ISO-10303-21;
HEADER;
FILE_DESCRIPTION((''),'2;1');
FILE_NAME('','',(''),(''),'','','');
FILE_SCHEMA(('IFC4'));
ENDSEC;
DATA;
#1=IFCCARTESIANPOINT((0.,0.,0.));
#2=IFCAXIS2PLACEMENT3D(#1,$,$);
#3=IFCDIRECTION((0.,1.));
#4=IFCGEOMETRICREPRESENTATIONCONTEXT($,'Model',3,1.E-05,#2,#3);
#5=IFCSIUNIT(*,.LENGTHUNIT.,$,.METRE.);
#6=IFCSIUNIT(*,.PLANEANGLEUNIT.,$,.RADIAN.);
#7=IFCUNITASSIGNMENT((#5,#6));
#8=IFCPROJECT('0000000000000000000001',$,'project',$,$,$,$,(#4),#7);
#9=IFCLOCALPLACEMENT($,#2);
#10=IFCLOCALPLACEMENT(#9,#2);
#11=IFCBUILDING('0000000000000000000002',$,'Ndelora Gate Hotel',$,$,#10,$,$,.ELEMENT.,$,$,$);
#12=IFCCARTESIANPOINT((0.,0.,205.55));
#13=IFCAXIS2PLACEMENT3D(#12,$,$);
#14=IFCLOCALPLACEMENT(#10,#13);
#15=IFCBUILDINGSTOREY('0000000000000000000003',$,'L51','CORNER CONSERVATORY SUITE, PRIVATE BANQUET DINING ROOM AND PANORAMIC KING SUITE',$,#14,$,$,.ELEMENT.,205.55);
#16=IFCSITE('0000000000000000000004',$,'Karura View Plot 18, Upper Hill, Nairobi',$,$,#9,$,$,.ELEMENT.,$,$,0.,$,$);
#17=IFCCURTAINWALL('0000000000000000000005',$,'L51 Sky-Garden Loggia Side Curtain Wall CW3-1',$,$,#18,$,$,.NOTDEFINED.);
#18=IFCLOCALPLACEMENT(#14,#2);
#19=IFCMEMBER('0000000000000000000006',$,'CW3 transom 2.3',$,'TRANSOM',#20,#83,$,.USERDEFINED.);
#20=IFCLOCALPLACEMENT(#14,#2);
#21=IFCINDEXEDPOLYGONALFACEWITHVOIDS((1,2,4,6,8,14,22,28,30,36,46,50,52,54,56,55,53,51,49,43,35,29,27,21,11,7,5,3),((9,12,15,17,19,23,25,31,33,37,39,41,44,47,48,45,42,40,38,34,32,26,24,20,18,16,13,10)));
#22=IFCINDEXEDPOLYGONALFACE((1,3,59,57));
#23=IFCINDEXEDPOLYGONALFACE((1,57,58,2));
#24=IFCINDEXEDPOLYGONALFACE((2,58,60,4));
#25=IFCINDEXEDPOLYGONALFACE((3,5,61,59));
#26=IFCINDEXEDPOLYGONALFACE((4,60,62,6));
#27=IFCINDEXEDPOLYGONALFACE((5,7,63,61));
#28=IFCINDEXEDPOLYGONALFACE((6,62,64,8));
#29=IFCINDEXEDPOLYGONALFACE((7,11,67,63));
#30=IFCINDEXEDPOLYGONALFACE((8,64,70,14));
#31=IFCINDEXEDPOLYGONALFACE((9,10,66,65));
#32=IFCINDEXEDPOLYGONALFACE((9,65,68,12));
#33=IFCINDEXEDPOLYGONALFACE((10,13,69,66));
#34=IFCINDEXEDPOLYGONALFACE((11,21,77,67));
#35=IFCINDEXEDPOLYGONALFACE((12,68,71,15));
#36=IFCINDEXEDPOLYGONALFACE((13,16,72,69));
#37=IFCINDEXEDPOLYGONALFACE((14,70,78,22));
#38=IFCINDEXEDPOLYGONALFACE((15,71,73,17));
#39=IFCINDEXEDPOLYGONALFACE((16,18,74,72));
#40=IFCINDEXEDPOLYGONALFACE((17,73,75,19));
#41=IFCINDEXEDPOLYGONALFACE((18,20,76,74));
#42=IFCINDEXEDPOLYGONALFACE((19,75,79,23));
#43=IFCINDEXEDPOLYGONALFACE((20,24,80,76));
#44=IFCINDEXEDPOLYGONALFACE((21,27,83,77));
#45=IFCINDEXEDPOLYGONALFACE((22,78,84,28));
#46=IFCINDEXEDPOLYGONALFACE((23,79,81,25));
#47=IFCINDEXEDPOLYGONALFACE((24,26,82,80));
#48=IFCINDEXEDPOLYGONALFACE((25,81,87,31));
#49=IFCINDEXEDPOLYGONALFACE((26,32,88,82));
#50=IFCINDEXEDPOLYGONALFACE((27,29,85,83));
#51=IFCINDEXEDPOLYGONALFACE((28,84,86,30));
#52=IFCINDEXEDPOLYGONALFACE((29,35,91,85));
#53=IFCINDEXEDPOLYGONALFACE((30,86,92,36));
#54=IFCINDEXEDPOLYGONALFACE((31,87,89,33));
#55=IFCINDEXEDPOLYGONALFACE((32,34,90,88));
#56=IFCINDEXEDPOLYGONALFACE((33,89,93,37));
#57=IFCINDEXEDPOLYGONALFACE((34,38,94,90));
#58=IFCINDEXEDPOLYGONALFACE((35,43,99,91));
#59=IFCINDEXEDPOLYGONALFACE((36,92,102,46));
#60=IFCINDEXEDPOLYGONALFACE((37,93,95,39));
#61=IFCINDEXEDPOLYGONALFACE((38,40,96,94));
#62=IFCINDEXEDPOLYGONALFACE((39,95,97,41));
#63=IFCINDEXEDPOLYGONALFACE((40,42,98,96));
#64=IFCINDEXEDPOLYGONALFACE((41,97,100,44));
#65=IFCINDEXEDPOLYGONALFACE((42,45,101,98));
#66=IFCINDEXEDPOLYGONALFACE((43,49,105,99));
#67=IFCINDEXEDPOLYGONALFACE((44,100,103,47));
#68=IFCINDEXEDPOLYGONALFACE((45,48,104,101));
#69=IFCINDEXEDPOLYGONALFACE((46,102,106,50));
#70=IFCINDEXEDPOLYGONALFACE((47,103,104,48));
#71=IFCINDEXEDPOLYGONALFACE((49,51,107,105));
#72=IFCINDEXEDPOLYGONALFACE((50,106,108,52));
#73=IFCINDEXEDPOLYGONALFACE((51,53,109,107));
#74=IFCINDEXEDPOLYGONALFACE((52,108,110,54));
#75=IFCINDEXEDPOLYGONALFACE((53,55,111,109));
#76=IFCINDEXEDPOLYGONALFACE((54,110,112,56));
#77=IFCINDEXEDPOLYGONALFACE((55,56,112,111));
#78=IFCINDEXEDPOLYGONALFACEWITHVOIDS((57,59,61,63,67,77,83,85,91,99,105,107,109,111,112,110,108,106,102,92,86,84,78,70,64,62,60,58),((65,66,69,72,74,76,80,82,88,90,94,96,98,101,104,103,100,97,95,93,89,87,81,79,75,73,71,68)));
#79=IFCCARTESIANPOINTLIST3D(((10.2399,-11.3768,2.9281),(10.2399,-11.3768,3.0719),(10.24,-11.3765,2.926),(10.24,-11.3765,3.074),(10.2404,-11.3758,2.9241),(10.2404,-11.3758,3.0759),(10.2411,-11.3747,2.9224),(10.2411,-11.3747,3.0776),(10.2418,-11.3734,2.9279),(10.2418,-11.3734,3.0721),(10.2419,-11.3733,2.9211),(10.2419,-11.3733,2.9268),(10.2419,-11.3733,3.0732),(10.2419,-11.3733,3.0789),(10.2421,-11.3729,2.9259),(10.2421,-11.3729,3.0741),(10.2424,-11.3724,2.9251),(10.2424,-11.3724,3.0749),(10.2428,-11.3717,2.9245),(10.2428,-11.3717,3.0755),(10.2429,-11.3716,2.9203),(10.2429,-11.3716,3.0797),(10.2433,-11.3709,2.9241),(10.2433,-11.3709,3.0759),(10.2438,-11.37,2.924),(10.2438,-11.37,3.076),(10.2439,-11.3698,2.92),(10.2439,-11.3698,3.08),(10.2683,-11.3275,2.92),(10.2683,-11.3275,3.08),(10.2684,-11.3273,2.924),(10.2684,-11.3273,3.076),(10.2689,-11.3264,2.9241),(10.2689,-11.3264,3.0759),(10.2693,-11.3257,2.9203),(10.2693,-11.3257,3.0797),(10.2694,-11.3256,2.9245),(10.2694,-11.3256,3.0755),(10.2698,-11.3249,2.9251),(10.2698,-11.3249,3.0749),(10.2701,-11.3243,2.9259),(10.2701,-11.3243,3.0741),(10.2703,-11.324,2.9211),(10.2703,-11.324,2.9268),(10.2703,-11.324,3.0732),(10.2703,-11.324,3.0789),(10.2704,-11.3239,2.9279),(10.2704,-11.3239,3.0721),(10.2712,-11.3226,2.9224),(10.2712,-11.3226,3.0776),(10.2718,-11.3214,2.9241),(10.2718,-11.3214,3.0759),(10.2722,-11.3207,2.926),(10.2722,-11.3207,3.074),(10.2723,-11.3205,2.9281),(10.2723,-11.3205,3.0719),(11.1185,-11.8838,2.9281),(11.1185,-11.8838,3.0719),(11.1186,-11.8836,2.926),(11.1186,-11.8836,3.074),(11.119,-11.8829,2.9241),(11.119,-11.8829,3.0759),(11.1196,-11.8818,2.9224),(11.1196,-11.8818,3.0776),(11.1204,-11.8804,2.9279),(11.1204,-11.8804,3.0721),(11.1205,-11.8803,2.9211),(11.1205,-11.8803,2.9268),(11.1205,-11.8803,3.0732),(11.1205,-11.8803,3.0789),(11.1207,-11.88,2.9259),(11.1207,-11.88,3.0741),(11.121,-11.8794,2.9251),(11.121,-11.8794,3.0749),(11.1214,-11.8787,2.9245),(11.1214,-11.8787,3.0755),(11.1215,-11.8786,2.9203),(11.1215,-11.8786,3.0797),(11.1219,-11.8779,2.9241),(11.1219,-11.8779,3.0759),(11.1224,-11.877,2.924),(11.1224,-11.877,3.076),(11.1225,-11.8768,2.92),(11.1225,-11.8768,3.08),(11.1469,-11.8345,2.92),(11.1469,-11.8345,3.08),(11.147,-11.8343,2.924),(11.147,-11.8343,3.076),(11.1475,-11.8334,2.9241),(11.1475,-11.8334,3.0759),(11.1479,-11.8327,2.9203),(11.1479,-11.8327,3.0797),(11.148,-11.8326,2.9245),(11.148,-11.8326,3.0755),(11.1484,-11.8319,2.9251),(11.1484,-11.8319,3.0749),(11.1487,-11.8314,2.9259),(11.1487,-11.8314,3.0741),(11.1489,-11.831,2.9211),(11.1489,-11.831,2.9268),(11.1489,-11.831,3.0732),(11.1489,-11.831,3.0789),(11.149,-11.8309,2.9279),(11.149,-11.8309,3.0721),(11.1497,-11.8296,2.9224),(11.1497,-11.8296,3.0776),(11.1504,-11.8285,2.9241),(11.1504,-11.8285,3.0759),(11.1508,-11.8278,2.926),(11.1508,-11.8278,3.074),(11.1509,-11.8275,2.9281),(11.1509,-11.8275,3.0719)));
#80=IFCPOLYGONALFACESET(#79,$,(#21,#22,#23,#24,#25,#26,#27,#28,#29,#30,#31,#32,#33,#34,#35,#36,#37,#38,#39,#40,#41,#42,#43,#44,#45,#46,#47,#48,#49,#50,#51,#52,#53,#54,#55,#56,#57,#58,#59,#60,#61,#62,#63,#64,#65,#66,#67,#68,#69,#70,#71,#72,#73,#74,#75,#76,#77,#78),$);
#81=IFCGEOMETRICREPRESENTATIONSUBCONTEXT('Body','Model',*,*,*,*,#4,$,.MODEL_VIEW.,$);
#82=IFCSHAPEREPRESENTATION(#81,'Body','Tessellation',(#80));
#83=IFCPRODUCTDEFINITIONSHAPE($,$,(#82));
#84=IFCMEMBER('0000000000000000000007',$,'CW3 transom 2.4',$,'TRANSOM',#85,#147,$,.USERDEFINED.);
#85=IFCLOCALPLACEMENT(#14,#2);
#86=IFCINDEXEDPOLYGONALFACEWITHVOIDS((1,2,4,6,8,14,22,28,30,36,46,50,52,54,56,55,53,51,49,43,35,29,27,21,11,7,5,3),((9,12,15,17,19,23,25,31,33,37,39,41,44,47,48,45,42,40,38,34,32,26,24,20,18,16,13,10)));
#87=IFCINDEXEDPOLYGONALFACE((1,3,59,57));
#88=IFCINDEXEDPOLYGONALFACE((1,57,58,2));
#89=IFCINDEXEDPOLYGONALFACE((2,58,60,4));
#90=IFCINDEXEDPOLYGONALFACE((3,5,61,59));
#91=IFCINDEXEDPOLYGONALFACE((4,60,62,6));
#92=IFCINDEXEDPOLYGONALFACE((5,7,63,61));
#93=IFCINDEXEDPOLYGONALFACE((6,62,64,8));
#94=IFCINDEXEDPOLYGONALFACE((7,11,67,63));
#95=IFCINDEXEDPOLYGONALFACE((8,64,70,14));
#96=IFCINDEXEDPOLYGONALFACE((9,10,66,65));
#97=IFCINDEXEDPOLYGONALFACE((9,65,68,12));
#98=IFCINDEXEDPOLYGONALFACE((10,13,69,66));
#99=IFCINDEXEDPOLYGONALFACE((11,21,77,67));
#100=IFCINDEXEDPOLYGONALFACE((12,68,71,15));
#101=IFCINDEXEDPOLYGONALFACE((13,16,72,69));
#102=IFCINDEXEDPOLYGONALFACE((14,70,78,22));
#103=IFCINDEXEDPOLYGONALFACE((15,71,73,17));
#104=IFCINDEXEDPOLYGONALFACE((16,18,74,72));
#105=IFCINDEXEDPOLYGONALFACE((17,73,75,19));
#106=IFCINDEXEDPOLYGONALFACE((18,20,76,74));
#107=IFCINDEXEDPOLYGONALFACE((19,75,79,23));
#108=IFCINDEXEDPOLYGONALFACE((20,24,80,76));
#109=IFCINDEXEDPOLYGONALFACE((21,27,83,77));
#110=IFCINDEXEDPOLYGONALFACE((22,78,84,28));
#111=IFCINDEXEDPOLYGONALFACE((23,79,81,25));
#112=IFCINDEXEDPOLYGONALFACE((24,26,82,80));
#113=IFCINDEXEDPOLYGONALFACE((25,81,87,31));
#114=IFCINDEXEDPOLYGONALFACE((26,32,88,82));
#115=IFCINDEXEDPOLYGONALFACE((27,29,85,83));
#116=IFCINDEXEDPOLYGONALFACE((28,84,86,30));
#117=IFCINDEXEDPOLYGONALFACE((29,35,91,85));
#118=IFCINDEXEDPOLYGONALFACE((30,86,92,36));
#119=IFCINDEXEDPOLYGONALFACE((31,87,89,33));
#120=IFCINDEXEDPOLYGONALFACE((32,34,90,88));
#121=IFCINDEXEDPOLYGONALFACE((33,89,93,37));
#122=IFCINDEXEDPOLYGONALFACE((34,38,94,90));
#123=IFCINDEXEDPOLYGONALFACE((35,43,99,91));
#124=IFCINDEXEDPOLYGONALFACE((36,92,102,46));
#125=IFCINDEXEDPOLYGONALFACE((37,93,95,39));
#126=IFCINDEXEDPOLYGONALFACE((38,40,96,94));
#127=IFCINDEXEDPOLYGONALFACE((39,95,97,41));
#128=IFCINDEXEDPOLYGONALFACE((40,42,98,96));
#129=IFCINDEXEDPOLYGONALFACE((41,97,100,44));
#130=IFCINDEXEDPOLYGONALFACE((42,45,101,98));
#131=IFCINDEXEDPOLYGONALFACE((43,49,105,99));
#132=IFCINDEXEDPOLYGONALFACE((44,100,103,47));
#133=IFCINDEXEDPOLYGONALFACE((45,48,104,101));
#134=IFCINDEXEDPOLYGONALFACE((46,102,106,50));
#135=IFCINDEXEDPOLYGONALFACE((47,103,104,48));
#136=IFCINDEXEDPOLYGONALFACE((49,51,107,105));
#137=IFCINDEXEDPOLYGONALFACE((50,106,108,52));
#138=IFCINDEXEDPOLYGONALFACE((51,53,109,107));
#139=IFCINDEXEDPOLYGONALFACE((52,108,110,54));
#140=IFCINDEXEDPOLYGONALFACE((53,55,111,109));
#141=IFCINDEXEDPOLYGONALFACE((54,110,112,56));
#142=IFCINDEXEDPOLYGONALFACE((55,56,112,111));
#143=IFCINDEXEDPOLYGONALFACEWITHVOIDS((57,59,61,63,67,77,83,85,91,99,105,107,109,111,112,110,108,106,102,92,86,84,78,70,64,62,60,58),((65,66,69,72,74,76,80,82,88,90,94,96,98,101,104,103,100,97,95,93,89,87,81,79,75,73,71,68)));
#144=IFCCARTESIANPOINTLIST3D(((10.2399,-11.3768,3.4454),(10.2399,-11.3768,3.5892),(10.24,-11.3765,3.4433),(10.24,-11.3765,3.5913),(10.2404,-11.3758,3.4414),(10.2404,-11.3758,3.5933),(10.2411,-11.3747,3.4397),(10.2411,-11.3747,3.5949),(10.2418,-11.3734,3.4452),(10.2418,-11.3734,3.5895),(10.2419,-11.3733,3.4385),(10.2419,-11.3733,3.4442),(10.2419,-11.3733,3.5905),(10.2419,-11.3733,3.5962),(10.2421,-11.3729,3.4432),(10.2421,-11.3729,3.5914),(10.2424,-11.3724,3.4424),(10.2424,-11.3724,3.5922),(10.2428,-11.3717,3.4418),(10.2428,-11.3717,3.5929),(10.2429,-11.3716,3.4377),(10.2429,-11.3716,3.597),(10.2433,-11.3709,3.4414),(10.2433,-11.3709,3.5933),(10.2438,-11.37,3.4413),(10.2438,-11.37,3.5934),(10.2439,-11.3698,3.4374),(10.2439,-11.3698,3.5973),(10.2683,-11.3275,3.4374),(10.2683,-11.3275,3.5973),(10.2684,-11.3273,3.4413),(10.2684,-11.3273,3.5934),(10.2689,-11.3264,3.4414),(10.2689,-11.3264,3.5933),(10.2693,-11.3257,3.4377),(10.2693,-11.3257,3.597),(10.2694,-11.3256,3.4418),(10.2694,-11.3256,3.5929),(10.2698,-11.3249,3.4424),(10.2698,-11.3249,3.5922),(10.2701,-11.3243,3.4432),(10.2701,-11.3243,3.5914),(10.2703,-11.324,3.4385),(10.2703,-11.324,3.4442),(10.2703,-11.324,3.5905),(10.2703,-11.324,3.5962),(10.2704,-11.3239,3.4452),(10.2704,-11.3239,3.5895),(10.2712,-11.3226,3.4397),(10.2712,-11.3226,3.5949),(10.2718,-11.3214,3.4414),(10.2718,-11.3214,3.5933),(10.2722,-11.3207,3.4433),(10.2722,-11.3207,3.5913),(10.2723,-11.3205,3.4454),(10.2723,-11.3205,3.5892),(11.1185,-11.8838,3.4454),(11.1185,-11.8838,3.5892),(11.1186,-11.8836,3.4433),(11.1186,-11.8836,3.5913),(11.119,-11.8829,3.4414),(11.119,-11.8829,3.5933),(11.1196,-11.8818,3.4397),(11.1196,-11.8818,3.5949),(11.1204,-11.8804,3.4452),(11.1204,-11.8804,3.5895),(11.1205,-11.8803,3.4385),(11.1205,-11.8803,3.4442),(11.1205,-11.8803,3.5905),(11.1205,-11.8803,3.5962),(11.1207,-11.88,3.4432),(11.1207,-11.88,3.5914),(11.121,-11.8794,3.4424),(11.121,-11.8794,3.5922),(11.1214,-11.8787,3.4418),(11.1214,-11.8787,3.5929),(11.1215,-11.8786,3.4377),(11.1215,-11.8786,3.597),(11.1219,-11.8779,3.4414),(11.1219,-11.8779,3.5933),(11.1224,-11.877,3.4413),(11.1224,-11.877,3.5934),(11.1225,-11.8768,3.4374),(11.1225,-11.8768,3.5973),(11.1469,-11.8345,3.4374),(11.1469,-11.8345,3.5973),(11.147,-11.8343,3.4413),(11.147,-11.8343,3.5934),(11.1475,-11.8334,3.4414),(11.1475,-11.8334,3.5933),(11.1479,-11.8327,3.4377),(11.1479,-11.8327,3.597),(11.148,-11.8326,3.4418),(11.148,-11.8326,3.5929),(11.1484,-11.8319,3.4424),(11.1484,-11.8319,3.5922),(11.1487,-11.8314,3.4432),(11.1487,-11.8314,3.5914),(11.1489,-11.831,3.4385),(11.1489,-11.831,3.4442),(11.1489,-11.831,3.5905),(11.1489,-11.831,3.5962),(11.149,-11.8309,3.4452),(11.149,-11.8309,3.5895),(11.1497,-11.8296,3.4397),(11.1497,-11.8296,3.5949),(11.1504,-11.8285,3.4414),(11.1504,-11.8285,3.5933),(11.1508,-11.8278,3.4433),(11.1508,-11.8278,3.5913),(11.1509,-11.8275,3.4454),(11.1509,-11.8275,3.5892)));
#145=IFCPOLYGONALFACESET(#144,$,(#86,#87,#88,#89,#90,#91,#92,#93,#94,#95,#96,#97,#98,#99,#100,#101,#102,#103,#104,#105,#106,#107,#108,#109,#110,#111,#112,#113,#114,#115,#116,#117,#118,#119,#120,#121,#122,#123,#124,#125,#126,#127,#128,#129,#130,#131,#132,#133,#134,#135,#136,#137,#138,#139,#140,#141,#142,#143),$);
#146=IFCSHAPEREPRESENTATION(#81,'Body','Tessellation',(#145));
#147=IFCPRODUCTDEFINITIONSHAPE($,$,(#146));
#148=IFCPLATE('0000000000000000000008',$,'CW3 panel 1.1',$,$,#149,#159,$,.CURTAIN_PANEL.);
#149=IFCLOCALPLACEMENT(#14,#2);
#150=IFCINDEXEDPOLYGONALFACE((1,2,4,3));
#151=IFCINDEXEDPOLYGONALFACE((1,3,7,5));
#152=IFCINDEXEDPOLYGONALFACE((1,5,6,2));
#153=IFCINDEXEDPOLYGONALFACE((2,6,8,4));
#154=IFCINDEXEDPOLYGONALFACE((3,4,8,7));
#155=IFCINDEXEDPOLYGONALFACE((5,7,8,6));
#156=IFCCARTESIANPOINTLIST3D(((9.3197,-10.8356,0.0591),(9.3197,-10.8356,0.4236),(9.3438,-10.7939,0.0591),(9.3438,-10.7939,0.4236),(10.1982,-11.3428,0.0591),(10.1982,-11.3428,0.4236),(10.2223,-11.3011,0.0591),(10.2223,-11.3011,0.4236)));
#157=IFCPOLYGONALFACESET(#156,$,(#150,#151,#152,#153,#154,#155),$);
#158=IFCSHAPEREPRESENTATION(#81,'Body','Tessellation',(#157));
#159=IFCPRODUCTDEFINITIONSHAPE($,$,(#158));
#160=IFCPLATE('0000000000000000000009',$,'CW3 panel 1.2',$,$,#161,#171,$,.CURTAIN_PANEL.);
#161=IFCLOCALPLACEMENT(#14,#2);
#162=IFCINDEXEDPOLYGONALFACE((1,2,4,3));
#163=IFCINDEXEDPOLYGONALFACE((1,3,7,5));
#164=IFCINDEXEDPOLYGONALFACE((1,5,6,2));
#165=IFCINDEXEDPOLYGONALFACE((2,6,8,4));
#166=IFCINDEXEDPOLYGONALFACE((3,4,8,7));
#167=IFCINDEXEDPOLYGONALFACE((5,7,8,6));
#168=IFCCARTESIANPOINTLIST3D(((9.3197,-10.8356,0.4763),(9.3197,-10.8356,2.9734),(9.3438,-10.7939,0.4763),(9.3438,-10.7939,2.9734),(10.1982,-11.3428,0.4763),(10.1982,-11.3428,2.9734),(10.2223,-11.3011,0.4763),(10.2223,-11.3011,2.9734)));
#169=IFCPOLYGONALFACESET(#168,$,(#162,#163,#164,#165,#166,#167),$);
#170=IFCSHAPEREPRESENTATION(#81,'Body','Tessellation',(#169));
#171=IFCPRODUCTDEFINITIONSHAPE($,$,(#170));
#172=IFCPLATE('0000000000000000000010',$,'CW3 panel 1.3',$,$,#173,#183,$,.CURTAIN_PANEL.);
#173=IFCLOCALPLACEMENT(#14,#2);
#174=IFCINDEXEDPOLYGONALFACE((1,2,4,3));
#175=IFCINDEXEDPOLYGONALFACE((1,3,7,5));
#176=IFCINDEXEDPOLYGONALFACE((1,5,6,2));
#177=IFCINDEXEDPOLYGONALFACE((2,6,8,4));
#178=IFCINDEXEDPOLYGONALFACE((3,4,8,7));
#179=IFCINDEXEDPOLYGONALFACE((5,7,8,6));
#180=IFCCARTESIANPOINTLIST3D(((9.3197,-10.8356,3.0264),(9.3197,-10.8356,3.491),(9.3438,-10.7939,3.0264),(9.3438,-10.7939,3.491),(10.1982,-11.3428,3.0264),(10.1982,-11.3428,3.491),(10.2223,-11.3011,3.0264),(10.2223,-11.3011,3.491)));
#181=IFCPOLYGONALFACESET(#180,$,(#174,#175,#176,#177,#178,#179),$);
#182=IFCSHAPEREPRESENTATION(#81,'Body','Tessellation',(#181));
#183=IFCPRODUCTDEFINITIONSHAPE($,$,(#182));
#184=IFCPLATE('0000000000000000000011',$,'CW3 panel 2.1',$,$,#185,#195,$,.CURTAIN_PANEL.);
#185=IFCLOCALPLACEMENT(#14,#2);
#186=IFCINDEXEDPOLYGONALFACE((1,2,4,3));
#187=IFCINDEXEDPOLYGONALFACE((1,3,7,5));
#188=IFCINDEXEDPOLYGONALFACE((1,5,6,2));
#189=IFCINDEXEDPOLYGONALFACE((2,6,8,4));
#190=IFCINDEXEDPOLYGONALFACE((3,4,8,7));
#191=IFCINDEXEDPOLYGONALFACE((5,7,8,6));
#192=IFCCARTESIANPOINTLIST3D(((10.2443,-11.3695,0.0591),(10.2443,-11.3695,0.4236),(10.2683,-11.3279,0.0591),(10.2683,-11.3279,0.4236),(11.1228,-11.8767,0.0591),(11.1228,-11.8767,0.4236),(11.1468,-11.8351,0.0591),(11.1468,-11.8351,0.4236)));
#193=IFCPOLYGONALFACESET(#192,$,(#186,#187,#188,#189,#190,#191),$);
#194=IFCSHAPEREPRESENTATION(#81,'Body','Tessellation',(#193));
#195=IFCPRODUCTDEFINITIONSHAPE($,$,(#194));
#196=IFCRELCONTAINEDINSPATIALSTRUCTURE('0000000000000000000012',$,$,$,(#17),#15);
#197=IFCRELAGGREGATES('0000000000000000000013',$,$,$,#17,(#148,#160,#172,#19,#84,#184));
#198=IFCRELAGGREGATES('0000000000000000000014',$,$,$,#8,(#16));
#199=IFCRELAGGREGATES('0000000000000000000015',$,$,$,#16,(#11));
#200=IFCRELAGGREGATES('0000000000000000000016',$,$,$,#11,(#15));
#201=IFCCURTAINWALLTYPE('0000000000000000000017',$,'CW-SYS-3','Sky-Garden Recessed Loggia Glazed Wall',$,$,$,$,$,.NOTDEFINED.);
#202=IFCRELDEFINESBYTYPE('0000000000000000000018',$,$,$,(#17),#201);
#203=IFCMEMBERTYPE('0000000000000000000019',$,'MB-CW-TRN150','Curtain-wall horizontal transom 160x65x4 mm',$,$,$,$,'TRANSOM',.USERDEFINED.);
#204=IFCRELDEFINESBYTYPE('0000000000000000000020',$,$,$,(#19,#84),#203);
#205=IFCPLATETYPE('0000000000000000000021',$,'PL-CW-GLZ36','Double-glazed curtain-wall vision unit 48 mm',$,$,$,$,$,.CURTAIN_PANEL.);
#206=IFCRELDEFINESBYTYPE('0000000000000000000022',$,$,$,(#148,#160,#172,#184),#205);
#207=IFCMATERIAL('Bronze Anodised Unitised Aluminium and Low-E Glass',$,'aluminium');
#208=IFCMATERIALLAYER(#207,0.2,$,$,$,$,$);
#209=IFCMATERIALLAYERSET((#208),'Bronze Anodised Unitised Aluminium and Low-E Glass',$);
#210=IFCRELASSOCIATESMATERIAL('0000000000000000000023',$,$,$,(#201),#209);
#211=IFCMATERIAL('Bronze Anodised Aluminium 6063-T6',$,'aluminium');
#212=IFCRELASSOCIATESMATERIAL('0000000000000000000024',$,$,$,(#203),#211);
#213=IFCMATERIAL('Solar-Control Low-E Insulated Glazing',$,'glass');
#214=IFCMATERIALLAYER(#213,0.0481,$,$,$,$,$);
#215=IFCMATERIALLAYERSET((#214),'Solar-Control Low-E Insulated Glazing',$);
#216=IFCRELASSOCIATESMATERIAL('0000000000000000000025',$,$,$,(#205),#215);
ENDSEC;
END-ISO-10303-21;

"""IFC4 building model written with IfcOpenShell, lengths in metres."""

from ifc_helpers import new_model, si_unit, direction, frame, origin, origin_2d, place, context, subcontext, project, spatial, rectangle, hollow_rectangle, extrude, material, layer, layer_set, material_profile, profile_set, type_object, element, aggregate, save


model = new_model("IFC4")

# Units and contexts
model_context = context("Model", 3, precision=1e-05, world=origin(), true_north=direction((0.0, 1.0)))
body_context = subcontext(model_context, "Body", "Model", "MODEL_VIEW")
ifc_project = project(units=[si_unit("LENGTHUNIT", "METRE"), si_unit("PLANEANGLEUNIT", "RADIAN")], contexts=[model_context])

# Site, building, storey
site_placement = place(None, origin())
site = spatial("IfcSite", under=ifc_project, at=site_placement, Name="Karura View Plot 18, Upper Hill, Nairobi", CompositionType="ELEMENT", RefElevation=0.0)
building_placement = place(site_placement, origin())
building = spatial("IfcBuilding", under=site, at=building_placement, Name="Ndelora Gate Hotel", CompositionType="ELEMENT")
storey_placement = place(building_placement, frame((0.0, 0.0, 205.55)))
storey = spatial("IfcBuildingStorey", under=building, at=storey_placement, Name="L51", Description="CORNER CONSERVATORY SUITE, PRIVATE BANQUET DINING ROOM AND PANORAMIC KING SUITE", CompositionType="ELEMENT", Elevation=205.55)

# Curtain wall, members, plates
ifc_material_1 = material(Name="Bronze Anodised Unitised Aluminium and Low-E Glass", Category="aluminium")
ifc_layer_1 = layer(ifc_material_1, 0.2)
ifc_layer_set_1 = layer_set([ifc_layer_1], Name="Bronze Anodised Unitised Aluminium and Low-E Glass")
curtain_wall_type = type_object("IfcCurtainWallType", Name="CW-SYS-3", Description="Sky-Garden Recessed Loggia Glazed Wall", PredefinedType="NOTDEFINED", material=ifc_layer_set_1)
curtain_wall_placement = place(storey_placement, origin())
curtain_wall = element("IfcCurtainWall", 1, at=curtain_wall_placement, inside=storey, type_object=curtain_wall_type, Name="L51 Sky-Garden Loggia Side Curtain Wall CW3-1", PredefinedType="NOTDEFINED")
ifc_material_2 = material(Name="Bronze Anodised Aluminium 6063-T6", Category="aluminium")
ifc_material_profile_1 = material_profile(ifc_material_2, hollow_rectangle(XDim=0.0649, YDim=0.1599, WallThickness=0.0039, InnerFilletRadius=0.0039, OuterFilletRadius=0.0081, at=origin_2d()), Name="ALU 160x65x4")
ifc_profile_set_1 = profile_set([ifc_material_profile_1], Name="Bronze Anodised Aluminium 6063-T6")
member_type_1 = type_object("IfcMemberType", Name="MB-CW-TRN150", Description="Curtain-wall horizontal transom 160x65x4 mm", ElementType="TRANSOM", PredefinedType="USERDEFINED", material=ifc_profile_set_1)
member_1_placement = place(storey_placement, frame((10.2561, -11.3486, 3.0), z_axis=(0.866117, -0.499841, 0.0), x_axis=(0.499841, 0.866117, 0.0)))
member_1 = element("IfcMember", 2, at=member_1_placement, type_object=member_type_1, Name="CW3 transom 2.3", ObjectType="TRANSOM", PredefinedType="USERDEFINED", context=body_context, shape_type="SweptSolid", body=[
    extrude(hollow_rectangle(XDim=0.0649, YDim=0.1599, WallThickness=0.0039, InnerFilletRadius=0.0039, OuterFilletRadius=0.0081, at=origin_2d()), origin(), (0.0, 0.0, 1.0), 1.0144),
])
member_2_placement = place(storey_placement, frame((10.2561, -11.3486, 3.5173), z_axis=(0.866117, -0.499841, 0.0), x_axis=(0.499841, 0.866117, 0.0)))
member_2 = element("IfcMember", 3, at=member_2_placement, type_object=member_type_1, Name="CW3 transom 2.4", ObjectType="TRANSOM", PredefinedType="USERDEFINED", context=body_context, shape_type="SweptSolid", body=[
    extrude(hollow_rectangle(XDim=0.0649, YDim=0.1599, WallThickness=0.0039, InnerFilletRadius=0.0039, OuterFilletRadius=0.0081, at=origin_2d()), origin(), (0.0, 0.0, 1.0), 1.0144),
])
ifc_material_3 = material(Name="Solar-Control Low-E Insulated Glazing", Category="glass")
ifc_layer_2 = layer(ifc_material_3, 0.0481)
ifc_layer_set_2 = layer_set([ifc_layer_2], Name="Solar-Control Low-E Insulated Glazing")
plate_type = type_object("IfcPlateType", Name="PL-CW-GLZ36", Description="Double-glazed curtain-wall vision unit 48 mm", PredefinedType="CURTAIN_PANEL", material=ifc_layer_set_2)
plate_1_placement = place(storey_placement, frame((9.771, -11.0684, 0.0591), z_axis=(0.0, 0.0, 1.0), x_axis=(0.86603, -0.499991, 0.0)))
plate_1 = element("IfcPlate", 4, at=plate_1_placement, type_object=plate_type, Name="CW3 panel 1.1", PredefinedType="CURTAIN_PANEL", context=body_context, shape_type="SweptSolid", body=[
    extrude(rectangle(XDim=1.0144, YDim=0.0481, at=origin_2d()), origin(), (0.0, 0.0, 1.0), 0.3645),
])
plate_2_placement = place(storey_placement, frame((9.771, -11.0684, 0.4763), z_axis=(0.0, 0.0, 1.0), x_axis=(0.86603, -0.499991, 0.0)))
plate_2 = element("IfcPlate", 5, at=plate_2_placement, type_object=plate_type, Name="CW3 panel 1.2", PredefinedType="CURTAIN_PANEL", context=body_context, shape_type="SweptSolid", body=[
    extrude(rectangle(XDim=1.0144, YDim=0.0481, at=origin_2d()), origin(), (0.0, 0.0, 1.0), 2.4971),
])
plate_3_placement = place(storey_placement, frame((9.771, -11.0684, 3.0264), z_axis=(0.0, 0.0, 1.0), x_axis=(0.86603, -0.499991, 0.0)))
plate_3 = element("IfcPlate", 6, at=plate_3_placement, type_object=plate_type, Name="CW3 panel 1.3", PredefinedType="CURTAIN_PANEL", context=body_context, shape_type="SweptSolid", body=[
    extrude(rectangle(XDim=1.0144, YDim=0.0481, at=origin_2d()), origin(), (0.0, 0.0, 1.0), 0.4646),
])
plate_4_placement = place(storey_placement, frame((10.6956, -11.6023, 0.0591), z_axis=(0.0, 0.0, 1.0), x_axis=(0.86603, -0.499991, 0.0)))
plate_4 = element("IfcPlate", 7, at=plate_4_placement, type_object=plate_type, Name="CW3 panel 2.1", PredefinedType="CURTAIN_PANEL", context=body_context, shape_type="SweptSolid", body=[
    extrude(rectangle(XDim=1.0144, YDim=0.0481, at=origin_2d()), origin(), (0.0, 0.0, 1.0), 0.3645),
])
aggregate(curtain_wall, [plate_1, plate_2, plate_3, member_1, member_2, plate_4])

save(model, "model.ifc")
